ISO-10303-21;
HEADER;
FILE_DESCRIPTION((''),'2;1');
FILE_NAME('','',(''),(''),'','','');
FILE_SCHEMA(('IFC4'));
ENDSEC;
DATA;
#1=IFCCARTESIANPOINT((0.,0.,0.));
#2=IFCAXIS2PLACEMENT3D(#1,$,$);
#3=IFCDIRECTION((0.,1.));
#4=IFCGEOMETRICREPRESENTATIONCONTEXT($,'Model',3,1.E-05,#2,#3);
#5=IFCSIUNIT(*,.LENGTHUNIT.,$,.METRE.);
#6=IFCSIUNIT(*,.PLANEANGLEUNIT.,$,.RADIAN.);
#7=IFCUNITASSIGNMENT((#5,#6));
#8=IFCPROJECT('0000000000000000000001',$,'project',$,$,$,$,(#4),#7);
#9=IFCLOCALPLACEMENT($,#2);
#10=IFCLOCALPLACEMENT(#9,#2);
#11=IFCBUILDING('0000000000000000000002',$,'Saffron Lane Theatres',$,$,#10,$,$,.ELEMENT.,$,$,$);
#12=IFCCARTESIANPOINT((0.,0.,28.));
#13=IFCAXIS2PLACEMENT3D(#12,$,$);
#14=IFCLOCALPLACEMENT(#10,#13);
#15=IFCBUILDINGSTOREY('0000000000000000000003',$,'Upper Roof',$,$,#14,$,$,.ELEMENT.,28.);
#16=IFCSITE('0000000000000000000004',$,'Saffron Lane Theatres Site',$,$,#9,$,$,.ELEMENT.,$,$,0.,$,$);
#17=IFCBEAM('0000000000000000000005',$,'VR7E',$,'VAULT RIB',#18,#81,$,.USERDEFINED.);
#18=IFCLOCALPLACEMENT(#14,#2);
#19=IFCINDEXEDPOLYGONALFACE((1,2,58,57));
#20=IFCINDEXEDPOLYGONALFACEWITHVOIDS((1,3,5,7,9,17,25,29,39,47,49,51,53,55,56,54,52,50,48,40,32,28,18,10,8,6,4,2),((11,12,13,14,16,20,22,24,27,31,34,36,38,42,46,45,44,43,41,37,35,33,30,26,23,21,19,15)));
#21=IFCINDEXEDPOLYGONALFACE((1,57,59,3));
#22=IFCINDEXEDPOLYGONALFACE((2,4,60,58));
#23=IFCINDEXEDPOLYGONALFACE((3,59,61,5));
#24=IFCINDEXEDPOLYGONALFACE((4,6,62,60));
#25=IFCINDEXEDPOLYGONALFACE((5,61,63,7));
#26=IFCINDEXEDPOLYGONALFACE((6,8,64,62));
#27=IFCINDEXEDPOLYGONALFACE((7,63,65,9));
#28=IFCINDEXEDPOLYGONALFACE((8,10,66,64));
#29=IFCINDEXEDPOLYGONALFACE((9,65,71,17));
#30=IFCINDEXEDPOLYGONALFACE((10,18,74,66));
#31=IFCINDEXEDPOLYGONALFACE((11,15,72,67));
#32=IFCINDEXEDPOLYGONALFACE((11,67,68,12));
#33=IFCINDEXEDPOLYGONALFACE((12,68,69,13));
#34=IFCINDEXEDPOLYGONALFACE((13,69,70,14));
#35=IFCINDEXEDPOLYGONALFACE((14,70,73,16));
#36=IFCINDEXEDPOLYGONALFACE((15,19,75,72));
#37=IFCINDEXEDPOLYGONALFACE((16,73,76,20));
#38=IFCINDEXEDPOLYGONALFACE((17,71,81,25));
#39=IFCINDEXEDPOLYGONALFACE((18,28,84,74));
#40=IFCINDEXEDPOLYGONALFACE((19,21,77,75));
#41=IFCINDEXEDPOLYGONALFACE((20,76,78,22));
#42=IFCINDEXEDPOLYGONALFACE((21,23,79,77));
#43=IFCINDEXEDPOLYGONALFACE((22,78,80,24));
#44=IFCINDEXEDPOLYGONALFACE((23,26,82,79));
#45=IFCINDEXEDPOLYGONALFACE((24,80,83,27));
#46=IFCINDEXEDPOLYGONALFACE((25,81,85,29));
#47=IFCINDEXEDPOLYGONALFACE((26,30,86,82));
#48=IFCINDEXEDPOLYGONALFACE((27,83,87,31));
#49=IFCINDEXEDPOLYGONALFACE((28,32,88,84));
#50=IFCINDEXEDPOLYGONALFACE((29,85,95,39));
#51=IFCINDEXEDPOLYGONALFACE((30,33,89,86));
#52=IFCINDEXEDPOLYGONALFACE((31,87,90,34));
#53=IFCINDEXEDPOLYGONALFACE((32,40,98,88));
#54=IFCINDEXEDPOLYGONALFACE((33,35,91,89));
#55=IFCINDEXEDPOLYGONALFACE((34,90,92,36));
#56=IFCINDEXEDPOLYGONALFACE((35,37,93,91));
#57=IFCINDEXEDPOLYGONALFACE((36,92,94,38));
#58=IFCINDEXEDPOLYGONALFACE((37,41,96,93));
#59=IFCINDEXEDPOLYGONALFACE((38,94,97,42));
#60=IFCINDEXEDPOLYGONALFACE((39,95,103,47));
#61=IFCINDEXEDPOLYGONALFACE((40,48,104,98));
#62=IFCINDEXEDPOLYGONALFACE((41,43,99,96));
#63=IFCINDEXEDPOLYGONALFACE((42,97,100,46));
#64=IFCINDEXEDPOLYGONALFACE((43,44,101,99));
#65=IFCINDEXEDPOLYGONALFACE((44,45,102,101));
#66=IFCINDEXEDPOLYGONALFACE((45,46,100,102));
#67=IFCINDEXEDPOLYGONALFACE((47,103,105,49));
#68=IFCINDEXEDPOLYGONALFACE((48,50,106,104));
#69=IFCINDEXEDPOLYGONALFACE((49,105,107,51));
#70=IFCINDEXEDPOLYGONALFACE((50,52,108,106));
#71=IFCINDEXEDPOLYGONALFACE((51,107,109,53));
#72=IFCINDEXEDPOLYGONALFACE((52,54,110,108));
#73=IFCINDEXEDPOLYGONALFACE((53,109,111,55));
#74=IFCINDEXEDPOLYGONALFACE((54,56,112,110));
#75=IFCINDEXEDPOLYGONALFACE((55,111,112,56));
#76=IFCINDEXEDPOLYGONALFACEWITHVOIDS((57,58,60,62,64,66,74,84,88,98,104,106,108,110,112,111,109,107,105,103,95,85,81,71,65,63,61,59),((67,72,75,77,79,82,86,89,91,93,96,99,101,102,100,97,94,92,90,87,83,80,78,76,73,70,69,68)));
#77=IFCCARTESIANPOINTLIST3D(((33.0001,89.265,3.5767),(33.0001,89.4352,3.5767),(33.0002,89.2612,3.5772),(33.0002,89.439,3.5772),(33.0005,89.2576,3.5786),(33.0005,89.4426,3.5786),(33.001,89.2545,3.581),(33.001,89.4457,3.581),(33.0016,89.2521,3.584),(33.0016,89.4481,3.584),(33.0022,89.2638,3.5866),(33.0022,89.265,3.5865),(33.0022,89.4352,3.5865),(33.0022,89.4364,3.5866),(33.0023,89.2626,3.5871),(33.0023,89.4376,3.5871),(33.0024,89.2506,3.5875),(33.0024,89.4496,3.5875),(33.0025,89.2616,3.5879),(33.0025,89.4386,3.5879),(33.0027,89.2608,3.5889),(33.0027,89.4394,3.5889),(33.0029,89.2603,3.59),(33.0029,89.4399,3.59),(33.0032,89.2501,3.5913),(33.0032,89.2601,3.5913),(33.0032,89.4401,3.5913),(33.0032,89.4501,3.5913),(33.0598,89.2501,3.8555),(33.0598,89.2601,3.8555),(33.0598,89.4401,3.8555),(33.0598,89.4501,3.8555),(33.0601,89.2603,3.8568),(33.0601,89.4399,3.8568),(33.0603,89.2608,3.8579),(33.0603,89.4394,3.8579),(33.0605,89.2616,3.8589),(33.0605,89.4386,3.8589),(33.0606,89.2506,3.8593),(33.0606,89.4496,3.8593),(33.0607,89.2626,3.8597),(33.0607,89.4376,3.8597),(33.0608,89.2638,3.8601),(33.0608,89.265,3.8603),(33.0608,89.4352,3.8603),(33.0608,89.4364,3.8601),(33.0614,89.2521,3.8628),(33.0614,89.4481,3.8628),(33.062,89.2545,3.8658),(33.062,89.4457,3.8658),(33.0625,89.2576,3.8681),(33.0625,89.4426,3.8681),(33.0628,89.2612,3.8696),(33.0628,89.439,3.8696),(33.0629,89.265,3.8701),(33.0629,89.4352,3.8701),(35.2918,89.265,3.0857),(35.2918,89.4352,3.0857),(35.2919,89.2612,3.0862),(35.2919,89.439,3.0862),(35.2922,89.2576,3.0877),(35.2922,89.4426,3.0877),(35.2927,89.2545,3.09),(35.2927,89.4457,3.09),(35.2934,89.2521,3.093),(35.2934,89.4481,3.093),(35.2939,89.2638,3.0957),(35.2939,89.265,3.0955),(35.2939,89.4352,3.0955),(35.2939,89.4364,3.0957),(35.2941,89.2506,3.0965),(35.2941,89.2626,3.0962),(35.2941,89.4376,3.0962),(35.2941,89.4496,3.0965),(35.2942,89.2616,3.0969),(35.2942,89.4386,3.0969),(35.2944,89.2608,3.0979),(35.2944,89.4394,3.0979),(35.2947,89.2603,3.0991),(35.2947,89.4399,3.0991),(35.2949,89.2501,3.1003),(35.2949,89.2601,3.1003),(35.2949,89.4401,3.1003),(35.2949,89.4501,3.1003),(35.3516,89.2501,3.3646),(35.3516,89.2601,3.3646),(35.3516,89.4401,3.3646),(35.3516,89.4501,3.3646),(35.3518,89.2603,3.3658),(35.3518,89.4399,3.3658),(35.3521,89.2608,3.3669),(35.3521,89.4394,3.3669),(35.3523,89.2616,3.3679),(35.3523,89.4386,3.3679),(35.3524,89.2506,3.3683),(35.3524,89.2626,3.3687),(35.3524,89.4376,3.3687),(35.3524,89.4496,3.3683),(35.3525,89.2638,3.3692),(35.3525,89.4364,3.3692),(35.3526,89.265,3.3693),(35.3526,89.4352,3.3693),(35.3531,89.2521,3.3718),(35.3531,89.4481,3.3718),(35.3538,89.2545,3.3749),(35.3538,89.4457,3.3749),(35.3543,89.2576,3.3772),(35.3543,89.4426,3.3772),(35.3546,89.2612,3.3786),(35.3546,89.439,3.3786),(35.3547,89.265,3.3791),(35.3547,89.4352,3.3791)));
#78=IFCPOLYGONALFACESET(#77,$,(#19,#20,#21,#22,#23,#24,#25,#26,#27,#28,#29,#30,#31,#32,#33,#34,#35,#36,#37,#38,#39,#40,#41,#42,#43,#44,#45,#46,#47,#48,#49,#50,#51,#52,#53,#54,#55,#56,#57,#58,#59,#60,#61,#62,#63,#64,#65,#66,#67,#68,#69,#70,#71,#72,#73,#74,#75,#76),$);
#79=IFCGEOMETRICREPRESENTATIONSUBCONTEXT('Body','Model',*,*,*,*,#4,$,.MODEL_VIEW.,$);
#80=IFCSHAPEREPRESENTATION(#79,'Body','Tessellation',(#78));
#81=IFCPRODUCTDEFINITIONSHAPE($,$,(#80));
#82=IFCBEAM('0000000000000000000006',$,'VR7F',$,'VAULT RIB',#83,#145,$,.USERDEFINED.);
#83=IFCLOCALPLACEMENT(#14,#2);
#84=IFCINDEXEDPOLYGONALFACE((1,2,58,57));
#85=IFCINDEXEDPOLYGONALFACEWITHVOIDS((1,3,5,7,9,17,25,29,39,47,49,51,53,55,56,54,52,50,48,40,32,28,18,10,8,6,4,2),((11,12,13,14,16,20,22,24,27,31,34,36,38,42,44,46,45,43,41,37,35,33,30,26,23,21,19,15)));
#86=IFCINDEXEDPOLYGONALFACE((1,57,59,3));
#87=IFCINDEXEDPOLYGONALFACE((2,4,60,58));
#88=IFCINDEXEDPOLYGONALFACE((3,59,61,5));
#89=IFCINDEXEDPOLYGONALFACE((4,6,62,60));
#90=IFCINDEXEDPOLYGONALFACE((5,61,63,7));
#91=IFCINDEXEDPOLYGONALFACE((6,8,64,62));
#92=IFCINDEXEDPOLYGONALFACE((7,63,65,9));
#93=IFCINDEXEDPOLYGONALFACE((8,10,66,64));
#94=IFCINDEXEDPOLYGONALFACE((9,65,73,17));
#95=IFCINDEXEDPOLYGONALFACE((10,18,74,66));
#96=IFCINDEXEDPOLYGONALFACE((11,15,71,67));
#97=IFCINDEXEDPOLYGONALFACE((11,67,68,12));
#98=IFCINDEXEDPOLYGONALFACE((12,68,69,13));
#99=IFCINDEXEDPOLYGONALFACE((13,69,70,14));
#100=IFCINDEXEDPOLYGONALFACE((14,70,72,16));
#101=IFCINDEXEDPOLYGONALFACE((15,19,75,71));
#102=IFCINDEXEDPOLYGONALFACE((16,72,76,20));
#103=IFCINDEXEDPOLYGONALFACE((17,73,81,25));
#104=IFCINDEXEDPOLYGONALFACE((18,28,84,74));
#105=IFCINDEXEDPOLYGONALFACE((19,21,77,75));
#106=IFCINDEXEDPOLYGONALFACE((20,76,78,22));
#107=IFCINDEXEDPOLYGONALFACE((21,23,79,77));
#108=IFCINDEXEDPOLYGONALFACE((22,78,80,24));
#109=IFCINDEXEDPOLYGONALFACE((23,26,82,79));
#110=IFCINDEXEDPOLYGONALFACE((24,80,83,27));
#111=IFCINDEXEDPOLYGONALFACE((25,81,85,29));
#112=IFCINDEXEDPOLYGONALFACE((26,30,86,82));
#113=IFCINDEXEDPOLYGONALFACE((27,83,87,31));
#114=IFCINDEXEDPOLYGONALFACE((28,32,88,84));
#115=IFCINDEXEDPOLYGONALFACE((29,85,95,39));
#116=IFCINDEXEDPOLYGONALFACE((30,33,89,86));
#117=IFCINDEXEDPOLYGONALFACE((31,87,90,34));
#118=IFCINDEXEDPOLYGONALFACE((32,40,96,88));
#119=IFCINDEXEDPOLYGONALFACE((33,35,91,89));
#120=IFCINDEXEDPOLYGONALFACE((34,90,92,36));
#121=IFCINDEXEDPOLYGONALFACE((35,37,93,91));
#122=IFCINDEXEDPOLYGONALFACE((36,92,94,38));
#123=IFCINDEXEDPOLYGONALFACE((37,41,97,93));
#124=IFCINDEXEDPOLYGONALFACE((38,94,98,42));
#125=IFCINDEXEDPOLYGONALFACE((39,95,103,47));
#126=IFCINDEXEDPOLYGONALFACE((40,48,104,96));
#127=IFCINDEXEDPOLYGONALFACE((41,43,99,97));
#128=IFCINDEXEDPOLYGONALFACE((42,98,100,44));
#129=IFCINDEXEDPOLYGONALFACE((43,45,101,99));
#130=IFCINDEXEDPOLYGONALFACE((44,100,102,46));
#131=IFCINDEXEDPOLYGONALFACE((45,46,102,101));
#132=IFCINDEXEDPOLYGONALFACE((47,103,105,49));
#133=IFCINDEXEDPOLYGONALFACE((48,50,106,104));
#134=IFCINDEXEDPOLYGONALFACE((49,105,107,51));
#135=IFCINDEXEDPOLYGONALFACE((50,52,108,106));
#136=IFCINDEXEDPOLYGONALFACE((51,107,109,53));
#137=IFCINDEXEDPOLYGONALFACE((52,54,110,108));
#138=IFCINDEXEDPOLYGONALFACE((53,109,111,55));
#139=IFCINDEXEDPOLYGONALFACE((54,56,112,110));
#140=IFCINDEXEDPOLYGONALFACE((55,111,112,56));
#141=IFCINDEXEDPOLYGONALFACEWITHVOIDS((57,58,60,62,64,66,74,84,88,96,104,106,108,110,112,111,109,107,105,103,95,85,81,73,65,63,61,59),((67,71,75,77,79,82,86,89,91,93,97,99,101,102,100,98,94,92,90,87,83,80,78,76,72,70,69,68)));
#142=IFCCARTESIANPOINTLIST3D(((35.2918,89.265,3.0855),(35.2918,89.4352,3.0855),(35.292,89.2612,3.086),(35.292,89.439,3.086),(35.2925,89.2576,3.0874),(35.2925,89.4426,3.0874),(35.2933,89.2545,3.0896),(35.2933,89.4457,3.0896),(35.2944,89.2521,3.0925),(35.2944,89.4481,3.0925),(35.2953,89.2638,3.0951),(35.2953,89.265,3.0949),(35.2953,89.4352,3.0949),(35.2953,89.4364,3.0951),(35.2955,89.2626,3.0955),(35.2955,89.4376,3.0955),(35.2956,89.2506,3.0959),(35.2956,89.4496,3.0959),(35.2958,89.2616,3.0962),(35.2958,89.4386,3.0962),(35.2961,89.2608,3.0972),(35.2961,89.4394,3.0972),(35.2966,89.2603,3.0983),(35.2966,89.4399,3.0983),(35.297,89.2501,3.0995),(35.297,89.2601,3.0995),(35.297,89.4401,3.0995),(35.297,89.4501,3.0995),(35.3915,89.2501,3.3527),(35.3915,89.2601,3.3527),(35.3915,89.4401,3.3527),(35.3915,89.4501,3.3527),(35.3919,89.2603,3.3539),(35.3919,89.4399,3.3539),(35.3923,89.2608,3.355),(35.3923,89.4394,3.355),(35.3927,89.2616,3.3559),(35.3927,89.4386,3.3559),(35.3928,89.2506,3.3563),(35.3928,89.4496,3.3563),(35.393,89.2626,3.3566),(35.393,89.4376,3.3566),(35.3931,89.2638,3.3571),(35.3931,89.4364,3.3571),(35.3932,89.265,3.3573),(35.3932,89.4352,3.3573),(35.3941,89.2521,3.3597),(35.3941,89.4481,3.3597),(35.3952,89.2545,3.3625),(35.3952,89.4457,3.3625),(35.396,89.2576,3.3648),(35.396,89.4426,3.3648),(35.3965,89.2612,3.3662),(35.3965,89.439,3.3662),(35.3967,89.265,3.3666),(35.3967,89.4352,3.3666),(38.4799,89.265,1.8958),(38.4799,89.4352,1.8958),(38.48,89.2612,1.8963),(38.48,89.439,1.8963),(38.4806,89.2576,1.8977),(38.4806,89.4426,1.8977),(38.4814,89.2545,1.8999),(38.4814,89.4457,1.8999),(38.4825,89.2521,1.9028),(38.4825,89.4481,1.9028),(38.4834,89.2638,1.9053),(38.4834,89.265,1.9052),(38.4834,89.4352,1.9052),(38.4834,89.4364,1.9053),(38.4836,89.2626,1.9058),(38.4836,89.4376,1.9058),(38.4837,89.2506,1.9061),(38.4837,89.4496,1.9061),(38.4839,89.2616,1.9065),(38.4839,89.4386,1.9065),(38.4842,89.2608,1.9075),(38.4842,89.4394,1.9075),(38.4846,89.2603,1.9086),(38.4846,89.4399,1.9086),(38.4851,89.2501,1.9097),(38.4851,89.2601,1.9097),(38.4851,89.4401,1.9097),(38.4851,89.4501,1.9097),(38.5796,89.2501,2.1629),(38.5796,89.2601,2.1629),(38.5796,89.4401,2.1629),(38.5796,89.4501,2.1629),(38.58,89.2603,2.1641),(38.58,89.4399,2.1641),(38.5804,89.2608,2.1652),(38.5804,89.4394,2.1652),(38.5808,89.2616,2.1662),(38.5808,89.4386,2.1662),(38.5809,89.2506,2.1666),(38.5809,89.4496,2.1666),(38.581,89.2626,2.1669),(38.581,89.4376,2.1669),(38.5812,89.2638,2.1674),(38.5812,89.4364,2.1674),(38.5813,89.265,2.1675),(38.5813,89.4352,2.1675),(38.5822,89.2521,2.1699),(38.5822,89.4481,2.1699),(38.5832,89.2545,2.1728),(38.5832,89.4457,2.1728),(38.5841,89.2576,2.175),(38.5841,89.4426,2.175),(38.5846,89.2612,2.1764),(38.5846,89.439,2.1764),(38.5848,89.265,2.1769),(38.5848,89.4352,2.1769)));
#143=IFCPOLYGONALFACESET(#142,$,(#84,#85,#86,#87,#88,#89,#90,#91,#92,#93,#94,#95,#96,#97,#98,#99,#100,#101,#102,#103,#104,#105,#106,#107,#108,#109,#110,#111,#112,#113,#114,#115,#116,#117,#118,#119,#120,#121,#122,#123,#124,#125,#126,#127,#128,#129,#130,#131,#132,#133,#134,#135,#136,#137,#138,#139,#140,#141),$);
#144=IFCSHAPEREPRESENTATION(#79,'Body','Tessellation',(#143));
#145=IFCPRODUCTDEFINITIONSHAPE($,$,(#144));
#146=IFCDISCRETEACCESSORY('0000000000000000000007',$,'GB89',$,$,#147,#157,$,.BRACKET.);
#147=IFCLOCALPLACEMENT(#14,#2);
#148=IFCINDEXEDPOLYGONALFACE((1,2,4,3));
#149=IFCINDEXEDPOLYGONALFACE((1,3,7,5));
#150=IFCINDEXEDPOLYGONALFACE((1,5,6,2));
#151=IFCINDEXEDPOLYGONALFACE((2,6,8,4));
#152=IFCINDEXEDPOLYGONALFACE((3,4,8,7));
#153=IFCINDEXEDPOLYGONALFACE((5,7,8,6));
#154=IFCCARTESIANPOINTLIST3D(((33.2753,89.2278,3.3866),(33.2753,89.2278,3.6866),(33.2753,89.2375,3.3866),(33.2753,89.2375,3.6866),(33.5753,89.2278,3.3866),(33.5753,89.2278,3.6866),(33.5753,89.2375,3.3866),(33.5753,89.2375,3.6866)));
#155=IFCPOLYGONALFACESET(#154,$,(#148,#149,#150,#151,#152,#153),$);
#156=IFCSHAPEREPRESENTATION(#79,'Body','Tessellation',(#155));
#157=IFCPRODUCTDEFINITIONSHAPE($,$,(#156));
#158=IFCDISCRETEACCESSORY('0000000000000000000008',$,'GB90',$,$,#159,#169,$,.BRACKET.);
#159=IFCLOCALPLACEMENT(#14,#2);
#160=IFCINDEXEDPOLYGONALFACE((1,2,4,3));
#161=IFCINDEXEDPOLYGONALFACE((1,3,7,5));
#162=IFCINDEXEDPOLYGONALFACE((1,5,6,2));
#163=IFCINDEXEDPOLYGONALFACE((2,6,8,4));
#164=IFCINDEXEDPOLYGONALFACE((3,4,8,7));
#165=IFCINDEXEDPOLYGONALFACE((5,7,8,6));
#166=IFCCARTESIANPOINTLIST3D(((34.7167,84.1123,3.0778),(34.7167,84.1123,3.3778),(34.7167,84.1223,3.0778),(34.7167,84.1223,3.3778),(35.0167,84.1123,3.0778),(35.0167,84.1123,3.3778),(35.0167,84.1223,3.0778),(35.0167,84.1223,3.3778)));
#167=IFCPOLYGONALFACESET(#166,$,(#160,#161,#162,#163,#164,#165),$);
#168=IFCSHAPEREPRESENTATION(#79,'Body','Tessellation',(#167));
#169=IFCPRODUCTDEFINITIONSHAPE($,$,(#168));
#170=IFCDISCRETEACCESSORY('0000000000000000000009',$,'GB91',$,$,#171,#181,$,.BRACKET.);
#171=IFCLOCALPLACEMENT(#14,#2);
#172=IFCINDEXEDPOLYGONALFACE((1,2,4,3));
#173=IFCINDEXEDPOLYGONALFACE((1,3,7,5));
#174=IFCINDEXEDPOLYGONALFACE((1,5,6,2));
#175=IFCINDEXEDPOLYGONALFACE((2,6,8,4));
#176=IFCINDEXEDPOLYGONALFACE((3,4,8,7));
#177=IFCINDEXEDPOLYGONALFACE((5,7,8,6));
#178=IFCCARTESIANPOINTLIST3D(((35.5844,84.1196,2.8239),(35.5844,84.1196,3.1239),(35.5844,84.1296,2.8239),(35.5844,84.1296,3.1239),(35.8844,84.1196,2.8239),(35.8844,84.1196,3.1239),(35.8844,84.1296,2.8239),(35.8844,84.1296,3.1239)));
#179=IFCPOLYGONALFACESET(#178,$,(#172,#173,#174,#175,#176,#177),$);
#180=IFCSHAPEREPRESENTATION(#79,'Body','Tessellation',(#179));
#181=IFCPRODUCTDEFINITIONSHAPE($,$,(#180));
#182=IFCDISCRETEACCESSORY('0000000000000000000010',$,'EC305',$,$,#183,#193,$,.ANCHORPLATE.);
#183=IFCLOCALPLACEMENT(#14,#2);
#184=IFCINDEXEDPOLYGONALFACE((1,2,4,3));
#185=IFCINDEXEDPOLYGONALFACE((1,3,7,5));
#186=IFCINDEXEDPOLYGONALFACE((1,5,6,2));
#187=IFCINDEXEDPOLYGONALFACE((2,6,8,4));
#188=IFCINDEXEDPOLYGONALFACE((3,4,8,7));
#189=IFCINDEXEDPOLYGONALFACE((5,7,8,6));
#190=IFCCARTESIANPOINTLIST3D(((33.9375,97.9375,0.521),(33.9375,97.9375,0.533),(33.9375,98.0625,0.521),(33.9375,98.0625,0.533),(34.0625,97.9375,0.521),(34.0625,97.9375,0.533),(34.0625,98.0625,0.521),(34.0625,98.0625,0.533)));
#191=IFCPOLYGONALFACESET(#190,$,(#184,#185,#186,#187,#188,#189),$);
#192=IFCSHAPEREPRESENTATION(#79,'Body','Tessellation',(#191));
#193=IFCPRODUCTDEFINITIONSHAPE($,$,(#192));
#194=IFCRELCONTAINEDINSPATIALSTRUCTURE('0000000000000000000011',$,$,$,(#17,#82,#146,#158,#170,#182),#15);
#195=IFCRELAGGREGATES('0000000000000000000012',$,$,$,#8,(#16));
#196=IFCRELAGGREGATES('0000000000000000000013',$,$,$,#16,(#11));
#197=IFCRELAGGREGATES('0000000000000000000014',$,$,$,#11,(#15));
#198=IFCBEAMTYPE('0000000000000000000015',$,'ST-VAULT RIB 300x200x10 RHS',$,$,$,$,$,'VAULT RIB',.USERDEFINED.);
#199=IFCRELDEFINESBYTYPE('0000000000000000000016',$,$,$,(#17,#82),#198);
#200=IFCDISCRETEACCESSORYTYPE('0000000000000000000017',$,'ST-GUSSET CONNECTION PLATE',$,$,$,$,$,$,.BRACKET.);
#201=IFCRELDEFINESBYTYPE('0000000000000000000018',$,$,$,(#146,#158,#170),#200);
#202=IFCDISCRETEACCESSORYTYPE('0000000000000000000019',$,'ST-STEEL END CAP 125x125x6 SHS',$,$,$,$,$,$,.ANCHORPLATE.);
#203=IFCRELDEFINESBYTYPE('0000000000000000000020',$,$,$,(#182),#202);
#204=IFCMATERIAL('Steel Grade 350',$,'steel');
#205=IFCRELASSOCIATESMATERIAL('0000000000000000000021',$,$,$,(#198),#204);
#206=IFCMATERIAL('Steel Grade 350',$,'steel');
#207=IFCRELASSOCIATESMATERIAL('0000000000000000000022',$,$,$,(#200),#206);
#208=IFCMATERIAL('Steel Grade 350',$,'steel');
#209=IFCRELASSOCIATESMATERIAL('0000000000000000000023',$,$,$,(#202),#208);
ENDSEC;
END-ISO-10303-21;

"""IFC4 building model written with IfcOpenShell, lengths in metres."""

from ifc_helpers import new_model, si_unit, direction, frame, origin, origin_2d, place, context, subcontext, project, spatial, rectangle, hollow_rectangle, extrude, material, material_profile, profile_set, type_object, element, save


model = new_model("IFC4")

# Units and contexts
model_context = context("Model", 3, precision=1e-05, world=origin(), true_north=direction((0.0, 1.0)))
body_context = subcontext(model_context, "Body", "Model", "MODEL_VIEW")
ifc_project = project(units=[si_unit("LENGTHUNIT", "METRE"), si_unit("PLANEANGLEUNIT", "RADIAN")], contexts=[model_context])

# Site, building, storey
site_placement = place(None, origin())
site = spatial("IfcSite", under=ifc_project, at=site_placement, Name="Saffron Lane Theatres Site", CompositionType="ELEMENT", RefElevation=0.0)
building_placement = place(site_placement, origin())
building = spatial("IfcBuilding", under=site, at=building_placement, Name="Saffron Lane Theatres", CompositionType="ELEMENT")
storey_placement = place(building_placement, frame((0.0, 0.0, 28.0)))
storey = spatial("IfcBuildingStorey", under=building, at=storey_placement, Name="Upper Roof", CompositionType="ELEMENT", Elevation=28.0)

# Beams
ifc_material_1 = material(Name="Steel Grade 350", Category="steel")
ifc_material_profile_1 = material_profile(ifc_material_1, hollow_rectangle(XDim=0.2, YDim=0.3, WallThickness=0.01, InnerFilletRadius=0.0049, OuterFilletRadius=0.0149, at=origin_2d()))
ifc_profile_set_1 = profile_set([ifc_material_profile_1], Name="Steel Grade 350")
beam_type_1 = type_object("IfcBeamType", Name="ST-VAULT RIB 300x200x10 RHS", ElementType="VAULT RIB", PredefinedType="USERDEFINED", material=ifc_profile_set_1)
beam_1_placement = place(storey_placement, frame((33.0315, 89.3501, 3.7234), z_axis=(0.977813, 0.0, -0.209479), x_axis=(0.0, 1.0, 0.0)))
element("IfcBeam", 1, at=beam_1_placement, inside=storey, type_object=beam_type_1, Name="VR7E", ObjectType="VAULT RIB", PredefinedType="USERDEFINED", context=body_context, shape_type="SweptSolid", body=[
    extrude(hollow_rectangle(XDim=0.2, YDim=0.3, WallThickness=0.01, InnerFilletRadius=0.0049, OuterFilletRadius=0.0149, at=origin_2d()), origin(), (0.0, 0.0, 1.0), 2.3438),
])
beam_2_placement = place(storey_placement, frame((35.3442, 89.3501, 3.2261), z_axis=(0.936888, 0.0, -0.349629), x_axis=(0.0, 1.0, 0.0)))
element("IfcBeam", 2, at=beam_2_placement, inside=storey, type_object=beam_type_1, Name="VR7F", ObjectType="VAULT RIB", PredefinedType="USERDEFINED", context=body_context, shape_type="SweptSolid", body=[
    extrude(hollow_rectangle(XDim=0.2, YDim=0.3, WallThickness=0.01, InnerFilletRadius=0.0049, OuterFilletRadius=0.0149, at=origin_2d()), origin(), (0.0, 0.0, 1.0), 3.4028),
])

# Discrete accessories
ifc_material_2 = material(Name="Steel Grade 350", Category="steel")
ifc_material_profile_2 = material_profile(ifc_material_2, rectangle(XDim=0.3, YDim=0.3, at=origin_2d()))
ifc_profile_set_2 = profile_set([ifc_material_profile_2], Name="Steel Grade 350")
discrete_accessory_type_1 = type_object("IfcDiscreteAccessoryType", Name="ST-GUSSET CONNECTION PLATE", PredefinedType="BRACKET", material=ifc_profile_set_2)
discrete_accessory_placement = place(storey_placement, frame((33.4253, 89.2375, 3.5366), z_axis=(0.0, -1.0, 0.0), x_axis=(1.0, 0.0, 0.0)))
element("IfcDiscreteAccessory", 3, at=discrete_accessory_placement, inside=storey, type_object=discrete_accessory_type_1, Name="GB89", PredefinedType="BRACKET", context=body_context, shape_type="SweptSolid", body=[
    extrude(rectangle(XDim=0.3, YDim=0.3, at=origin_2d()), origin(), (0.0, 0.0, 1.0), 0.0098),
])
for number, where, z_axis, x_axis, name in (
    (4, (34.8667, 84.1123, 3.2278), (0.0, 1.0, 0.0), (-1.0, 0.0, 0.0), "GB90"),
    (5, (35.7344, 84.1196, 2.9739), (0.0, 1.0, 0.0), (-1.0, 0.0, 0.0), "GB91"),
):
    element("IfcDiscreteAccessory", number, at=place(storey_placement, frame(where, z_axis=z_axis, x_axis=x_axis)), inside=storey, type_object=discrete_accessory_type_1, Name=name, PredefinedType="BRACKET", context=body_context, shape_type="SweptSolid", body=[
        extrude(rectangle(XDim=0.3, YDim=0.3, at=origin_2d()), origin(), (0.0, 0.0, 1.0), 0.01),
    ])
ifc_material_3 = material(Name="Steel Grade 350", Category="steel")
ifc_material_profile_3 = material_profile(ifc_material_3, rectangle(XDim=0.125, YDim=0.125, at=origin_2d()))
ifc_profile_set_3 = profile_set([ifc_material_profile_3], Name="Steel Grade 350")
discrete_accessory_type_2 = type_object("IfcDiscreteAccessoryType", Name="ST-STEEL END CAP 125x125x6 SHS", PredefinedType="ANCHORPLATE", material=ifc_profile_set_3)
for number, where, z_axis, x_axis, name in (
    (6, (34.0, 98.0, 0.521), (0.0, 0.0, 1.0), (1.0, 0.0, 0.0), "EC305"),
):
    element("IfcDiscreteAccessory", number, at=place(storey_placement, frame(where, z_axis=z_axis, x_axis=x_axis)), inside=storey, type_object=discrete_accessory_type_2, Name=name, PredefinedType="ANCHORPLATE", context=body_context, shape_type="SweptSolid", body=[
        extrude(rectangle(XDim=0.125, YDim=0.125, at=origin_2d()), origin(), (0.0, 0.0, 1.0), 0.012),
    ])

save(model, "model.ifc")
